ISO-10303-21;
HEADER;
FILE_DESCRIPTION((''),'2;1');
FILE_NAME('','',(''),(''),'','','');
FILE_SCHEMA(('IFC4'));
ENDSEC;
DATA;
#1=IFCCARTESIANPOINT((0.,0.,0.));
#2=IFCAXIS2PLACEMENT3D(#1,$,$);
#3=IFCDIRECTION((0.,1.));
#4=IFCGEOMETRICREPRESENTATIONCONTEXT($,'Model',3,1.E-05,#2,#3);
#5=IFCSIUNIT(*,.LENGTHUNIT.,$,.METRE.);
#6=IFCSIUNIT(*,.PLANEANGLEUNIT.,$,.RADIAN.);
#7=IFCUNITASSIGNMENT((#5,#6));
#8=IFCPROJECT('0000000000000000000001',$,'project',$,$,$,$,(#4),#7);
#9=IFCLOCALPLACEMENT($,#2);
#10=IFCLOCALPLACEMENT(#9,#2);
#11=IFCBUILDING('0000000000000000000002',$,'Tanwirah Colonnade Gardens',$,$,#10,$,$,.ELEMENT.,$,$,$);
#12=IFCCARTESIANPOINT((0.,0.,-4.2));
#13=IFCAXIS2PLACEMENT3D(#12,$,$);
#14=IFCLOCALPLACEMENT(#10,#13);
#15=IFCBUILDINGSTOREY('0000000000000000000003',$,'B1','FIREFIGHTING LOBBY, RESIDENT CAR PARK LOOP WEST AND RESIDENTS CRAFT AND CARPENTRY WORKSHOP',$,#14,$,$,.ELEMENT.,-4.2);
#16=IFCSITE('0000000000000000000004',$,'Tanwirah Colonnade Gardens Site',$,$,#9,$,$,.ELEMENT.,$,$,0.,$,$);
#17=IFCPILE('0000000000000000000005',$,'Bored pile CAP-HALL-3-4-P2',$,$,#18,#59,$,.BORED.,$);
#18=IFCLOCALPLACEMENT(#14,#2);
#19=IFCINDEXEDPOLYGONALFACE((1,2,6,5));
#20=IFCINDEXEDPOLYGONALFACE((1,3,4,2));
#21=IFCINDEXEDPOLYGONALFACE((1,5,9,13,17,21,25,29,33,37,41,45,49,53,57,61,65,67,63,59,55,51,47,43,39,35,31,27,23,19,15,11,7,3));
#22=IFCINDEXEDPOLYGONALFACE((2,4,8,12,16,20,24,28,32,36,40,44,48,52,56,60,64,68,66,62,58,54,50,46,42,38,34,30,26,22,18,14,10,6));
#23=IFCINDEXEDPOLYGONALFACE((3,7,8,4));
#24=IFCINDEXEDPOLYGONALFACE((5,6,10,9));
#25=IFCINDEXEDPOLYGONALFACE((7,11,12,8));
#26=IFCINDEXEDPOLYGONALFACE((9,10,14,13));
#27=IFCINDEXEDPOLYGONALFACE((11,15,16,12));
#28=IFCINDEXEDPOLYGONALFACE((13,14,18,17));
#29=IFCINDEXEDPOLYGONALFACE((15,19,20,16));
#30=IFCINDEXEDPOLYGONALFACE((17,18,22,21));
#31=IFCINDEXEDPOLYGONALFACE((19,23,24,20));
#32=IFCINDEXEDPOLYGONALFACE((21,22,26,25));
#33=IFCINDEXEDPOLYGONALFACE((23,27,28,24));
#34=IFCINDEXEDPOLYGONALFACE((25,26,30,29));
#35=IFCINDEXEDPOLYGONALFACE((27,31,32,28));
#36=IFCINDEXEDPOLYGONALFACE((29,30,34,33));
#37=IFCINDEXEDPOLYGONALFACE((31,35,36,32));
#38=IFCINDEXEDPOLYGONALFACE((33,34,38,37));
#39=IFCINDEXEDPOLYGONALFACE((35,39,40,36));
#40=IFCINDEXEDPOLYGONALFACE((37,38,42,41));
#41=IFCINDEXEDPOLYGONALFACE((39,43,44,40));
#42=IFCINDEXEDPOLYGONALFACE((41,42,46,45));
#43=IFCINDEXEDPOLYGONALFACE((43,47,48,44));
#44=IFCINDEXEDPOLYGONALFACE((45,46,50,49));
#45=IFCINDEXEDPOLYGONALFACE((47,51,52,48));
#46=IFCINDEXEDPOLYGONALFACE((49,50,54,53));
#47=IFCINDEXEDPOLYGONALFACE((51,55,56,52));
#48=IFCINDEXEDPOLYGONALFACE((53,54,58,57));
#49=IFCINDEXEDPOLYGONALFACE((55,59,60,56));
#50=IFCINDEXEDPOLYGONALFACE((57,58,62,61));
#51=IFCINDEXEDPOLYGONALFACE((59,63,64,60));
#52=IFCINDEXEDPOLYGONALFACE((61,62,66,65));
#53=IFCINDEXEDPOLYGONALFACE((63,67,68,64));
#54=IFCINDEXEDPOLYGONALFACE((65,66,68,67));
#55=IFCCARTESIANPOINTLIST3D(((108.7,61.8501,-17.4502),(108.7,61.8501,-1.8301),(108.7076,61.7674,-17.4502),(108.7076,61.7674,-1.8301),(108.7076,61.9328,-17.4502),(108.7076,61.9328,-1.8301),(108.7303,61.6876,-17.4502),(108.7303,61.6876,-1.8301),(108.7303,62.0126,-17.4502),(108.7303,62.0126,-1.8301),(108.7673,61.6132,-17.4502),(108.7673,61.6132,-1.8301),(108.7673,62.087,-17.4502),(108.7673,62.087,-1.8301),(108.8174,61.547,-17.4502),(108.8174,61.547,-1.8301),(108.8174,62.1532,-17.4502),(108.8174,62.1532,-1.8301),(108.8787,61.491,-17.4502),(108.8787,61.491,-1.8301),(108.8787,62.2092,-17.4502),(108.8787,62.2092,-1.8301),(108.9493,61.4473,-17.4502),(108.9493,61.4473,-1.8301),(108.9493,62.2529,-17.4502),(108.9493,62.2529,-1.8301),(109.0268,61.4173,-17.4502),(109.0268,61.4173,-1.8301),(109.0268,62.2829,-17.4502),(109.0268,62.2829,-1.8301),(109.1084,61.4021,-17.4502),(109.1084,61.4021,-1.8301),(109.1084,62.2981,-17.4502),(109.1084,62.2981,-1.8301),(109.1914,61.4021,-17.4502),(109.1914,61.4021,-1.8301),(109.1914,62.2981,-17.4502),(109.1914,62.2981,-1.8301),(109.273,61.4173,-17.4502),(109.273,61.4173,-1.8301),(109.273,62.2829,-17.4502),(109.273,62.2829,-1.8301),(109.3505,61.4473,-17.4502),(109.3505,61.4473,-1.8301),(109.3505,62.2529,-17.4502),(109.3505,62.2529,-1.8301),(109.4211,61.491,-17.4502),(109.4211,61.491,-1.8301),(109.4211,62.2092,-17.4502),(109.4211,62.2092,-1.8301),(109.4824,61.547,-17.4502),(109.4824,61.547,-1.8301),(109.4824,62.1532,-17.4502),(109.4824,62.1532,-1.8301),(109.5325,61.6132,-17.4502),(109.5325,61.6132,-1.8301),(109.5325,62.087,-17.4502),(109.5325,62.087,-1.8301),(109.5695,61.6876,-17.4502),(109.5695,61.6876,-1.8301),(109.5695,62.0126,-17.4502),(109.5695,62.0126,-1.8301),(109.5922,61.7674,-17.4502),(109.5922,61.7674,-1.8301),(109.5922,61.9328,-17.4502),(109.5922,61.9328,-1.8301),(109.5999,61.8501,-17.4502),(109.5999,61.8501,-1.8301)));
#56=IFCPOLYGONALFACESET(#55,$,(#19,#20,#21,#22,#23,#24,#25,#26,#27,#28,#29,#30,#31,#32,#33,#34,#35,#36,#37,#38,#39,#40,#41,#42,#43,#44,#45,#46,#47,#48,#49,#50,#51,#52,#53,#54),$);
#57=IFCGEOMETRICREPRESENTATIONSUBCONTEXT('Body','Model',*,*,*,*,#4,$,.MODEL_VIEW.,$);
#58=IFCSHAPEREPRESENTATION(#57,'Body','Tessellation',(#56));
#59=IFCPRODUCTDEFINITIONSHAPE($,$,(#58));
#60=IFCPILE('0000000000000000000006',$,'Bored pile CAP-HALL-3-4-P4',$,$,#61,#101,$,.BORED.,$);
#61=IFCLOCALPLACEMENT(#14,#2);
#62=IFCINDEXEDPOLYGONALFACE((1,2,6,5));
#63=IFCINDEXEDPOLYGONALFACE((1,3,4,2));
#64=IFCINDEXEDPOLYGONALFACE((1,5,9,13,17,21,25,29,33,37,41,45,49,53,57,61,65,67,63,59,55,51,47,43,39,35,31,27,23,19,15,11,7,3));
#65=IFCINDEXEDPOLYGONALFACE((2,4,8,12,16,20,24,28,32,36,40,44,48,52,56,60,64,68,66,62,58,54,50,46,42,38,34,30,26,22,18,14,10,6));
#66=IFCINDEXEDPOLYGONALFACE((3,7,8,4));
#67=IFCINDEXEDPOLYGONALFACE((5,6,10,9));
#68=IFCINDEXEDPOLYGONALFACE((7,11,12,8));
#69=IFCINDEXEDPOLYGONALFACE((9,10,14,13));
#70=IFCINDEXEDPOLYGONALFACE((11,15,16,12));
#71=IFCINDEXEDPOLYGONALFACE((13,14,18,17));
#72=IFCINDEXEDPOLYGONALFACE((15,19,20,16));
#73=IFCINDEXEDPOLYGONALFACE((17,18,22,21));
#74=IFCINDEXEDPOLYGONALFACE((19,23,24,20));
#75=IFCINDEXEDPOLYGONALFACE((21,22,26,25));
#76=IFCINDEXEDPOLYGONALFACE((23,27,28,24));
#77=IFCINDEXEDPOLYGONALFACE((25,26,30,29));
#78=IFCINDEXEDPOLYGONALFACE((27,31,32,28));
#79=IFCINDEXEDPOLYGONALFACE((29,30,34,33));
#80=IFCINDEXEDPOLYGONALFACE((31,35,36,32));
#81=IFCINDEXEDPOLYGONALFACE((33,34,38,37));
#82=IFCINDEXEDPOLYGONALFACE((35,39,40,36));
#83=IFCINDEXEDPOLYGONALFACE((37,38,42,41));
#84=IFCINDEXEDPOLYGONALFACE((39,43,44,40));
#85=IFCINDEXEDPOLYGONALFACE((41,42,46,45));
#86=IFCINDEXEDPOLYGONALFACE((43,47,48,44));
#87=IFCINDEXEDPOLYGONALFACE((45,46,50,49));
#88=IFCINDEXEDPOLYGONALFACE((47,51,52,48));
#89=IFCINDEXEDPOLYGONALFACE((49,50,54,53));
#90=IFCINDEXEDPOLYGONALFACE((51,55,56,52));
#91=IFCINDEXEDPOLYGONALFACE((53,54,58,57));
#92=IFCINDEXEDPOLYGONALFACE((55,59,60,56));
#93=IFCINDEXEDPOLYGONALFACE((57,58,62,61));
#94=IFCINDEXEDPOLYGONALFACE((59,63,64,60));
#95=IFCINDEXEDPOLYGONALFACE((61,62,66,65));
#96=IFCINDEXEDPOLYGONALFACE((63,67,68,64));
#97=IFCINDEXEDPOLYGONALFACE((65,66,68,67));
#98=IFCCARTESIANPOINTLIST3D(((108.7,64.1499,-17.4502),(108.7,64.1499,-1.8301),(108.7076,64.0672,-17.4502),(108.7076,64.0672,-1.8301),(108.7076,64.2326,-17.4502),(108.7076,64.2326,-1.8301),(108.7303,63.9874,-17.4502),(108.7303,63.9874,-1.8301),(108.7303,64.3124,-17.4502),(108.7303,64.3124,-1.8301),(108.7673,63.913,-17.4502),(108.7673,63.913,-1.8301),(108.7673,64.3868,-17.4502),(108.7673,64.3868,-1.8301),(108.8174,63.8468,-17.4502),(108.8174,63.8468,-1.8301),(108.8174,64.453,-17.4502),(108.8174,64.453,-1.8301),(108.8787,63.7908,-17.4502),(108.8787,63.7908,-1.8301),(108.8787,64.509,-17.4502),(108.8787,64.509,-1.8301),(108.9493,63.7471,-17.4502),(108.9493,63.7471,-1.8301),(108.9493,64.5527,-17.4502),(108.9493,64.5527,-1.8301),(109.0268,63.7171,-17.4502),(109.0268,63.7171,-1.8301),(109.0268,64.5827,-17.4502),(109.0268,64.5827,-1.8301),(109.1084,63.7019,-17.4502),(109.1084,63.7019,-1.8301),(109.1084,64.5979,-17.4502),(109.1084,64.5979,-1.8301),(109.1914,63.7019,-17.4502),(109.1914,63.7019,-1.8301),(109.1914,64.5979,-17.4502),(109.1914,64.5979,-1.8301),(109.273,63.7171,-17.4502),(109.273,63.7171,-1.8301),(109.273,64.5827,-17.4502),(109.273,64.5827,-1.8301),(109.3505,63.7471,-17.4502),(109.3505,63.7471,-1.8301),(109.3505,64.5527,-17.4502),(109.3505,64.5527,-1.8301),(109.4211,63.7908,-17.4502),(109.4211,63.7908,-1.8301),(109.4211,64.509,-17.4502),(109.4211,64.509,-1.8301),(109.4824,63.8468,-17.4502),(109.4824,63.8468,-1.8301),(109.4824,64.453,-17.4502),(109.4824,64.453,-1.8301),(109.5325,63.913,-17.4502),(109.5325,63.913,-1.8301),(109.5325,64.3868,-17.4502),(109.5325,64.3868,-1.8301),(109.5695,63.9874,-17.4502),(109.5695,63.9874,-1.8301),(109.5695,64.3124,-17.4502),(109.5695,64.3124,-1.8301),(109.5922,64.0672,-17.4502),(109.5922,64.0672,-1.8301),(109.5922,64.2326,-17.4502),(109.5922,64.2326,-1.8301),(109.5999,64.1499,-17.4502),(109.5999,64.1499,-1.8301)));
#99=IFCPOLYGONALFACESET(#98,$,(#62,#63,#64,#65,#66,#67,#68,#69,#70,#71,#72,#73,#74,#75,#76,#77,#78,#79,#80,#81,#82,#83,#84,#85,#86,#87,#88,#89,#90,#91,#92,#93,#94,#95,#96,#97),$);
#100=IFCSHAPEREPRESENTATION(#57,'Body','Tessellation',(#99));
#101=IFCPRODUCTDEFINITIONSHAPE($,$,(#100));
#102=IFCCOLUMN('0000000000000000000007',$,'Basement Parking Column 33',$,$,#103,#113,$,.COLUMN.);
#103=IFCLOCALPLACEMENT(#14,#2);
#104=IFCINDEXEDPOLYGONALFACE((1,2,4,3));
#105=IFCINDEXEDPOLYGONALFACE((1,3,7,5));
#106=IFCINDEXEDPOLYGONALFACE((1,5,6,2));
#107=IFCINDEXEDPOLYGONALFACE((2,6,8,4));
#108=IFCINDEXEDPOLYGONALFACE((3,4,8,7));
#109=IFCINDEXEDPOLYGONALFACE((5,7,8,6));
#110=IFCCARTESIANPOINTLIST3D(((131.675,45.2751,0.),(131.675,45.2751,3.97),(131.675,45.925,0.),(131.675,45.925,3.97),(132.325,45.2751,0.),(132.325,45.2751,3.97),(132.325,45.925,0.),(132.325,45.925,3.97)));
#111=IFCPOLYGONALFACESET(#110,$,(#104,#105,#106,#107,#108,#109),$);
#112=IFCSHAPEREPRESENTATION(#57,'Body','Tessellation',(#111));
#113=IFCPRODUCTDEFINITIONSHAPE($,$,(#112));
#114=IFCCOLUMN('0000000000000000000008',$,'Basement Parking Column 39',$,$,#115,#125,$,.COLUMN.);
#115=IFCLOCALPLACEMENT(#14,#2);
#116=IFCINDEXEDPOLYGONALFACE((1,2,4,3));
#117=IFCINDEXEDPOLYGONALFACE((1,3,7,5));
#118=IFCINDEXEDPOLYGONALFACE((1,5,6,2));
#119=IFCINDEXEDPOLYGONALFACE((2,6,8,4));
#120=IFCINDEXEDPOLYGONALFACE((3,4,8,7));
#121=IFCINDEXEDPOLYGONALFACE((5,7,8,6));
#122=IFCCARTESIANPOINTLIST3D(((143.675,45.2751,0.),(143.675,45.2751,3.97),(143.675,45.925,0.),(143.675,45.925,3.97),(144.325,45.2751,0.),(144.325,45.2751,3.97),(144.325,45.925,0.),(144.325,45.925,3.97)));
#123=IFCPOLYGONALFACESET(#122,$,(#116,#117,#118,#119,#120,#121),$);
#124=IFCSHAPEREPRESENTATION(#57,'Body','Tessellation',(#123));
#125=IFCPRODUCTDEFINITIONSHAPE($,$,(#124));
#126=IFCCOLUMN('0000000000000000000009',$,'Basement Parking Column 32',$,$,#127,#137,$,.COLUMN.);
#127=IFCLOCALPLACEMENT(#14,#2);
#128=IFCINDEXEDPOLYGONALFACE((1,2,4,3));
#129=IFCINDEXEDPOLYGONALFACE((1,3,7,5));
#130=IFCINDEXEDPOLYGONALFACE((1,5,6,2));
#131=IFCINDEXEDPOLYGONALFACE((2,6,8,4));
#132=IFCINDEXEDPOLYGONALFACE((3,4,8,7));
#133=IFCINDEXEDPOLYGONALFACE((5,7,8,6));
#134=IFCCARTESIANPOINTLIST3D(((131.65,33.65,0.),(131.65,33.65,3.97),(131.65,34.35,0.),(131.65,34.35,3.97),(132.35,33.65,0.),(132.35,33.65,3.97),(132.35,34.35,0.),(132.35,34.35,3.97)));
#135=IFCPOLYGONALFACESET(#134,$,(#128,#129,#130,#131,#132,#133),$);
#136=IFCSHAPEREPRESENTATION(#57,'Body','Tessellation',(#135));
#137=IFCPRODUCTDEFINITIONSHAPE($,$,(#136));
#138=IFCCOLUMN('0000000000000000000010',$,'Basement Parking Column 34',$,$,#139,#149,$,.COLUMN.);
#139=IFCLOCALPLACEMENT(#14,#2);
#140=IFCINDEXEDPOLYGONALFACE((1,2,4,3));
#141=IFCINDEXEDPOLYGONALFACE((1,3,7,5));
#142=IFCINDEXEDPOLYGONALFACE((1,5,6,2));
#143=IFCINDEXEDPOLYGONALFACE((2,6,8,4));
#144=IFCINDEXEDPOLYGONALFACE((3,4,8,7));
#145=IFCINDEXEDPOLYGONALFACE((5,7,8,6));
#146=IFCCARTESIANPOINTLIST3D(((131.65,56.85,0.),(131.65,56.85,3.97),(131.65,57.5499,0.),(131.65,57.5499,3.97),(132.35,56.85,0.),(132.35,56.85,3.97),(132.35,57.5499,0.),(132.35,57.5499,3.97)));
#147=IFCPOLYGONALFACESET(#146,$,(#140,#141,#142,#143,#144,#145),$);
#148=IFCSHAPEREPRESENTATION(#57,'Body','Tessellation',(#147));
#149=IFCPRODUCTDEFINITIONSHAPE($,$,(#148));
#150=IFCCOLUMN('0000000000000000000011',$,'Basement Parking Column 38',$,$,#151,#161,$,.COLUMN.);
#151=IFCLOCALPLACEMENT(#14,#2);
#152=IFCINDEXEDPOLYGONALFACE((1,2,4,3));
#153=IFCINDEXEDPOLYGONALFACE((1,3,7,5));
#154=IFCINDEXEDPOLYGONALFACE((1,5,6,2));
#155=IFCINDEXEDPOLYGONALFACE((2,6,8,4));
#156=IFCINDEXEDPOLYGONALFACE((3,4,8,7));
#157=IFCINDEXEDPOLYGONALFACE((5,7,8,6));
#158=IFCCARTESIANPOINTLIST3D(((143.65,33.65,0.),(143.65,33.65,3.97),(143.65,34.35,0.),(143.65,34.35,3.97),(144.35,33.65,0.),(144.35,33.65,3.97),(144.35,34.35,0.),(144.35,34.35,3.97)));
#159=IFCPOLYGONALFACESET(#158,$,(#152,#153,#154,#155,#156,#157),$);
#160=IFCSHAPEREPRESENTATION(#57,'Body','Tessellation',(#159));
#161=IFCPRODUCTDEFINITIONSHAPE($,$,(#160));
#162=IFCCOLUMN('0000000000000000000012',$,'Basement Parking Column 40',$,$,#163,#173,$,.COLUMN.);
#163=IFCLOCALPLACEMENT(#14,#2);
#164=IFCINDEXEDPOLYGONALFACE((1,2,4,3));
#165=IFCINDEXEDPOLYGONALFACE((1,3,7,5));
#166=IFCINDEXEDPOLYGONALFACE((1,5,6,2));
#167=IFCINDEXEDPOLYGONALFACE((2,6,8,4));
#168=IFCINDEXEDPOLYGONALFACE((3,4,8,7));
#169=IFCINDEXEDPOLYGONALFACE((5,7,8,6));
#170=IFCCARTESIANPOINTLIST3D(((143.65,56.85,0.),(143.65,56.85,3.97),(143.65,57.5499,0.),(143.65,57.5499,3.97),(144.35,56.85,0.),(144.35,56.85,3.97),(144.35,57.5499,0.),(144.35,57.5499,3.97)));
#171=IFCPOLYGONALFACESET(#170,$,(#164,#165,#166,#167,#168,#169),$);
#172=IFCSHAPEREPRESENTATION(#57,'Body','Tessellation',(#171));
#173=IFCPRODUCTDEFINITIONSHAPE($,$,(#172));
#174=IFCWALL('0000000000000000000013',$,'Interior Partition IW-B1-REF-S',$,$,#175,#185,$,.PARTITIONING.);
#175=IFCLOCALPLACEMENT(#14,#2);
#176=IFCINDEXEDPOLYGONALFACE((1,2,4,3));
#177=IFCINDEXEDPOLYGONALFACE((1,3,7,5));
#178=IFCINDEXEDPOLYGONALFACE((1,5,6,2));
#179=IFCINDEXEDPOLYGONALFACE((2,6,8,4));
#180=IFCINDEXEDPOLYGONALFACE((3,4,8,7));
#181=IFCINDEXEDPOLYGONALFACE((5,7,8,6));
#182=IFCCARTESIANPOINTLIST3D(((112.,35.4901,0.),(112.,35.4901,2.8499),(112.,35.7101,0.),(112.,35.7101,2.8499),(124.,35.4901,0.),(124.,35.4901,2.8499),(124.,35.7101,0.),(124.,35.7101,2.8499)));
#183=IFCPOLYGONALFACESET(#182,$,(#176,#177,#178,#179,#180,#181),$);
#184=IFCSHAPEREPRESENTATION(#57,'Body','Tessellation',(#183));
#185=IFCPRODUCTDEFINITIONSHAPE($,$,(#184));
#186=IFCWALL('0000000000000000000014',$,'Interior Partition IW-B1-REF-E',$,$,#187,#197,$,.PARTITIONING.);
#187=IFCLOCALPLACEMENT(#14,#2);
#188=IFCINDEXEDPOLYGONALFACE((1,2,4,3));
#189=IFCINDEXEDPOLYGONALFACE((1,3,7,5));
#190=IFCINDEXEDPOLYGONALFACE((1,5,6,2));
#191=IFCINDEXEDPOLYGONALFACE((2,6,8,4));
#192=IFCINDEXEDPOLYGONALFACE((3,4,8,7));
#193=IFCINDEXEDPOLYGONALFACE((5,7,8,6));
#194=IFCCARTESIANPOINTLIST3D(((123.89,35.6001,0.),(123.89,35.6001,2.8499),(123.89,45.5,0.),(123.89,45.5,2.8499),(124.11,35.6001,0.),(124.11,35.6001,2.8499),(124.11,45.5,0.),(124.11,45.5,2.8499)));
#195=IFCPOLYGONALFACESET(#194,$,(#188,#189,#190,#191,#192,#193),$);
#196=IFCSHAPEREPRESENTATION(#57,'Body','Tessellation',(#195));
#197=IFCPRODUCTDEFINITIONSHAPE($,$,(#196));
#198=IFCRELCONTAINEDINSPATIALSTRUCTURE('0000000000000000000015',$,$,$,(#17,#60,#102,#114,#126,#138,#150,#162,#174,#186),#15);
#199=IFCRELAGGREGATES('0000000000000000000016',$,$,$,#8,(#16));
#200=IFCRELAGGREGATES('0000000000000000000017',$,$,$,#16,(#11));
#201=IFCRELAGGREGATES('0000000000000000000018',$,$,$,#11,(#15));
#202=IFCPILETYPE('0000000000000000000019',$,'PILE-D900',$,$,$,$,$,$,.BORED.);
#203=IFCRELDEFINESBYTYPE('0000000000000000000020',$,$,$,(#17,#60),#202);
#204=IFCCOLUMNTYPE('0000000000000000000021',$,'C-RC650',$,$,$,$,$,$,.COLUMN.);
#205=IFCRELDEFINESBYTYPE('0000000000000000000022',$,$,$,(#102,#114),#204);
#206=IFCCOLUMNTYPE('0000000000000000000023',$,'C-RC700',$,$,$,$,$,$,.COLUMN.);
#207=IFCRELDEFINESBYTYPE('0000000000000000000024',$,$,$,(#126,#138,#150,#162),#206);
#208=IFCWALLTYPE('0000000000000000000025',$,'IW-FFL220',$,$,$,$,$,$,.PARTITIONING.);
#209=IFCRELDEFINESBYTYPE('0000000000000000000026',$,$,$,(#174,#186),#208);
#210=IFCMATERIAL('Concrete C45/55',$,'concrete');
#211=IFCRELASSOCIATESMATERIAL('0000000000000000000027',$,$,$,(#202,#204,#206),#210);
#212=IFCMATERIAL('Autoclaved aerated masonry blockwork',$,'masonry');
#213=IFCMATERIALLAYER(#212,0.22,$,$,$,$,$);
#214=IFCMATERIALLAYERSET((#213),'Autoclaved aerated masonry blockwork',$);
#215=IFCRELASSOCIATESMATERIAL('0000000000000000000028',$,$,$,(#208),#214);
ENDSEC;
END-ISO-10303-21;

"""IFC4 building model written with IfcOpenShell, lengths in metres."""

from ifc_helpers import new_model, si_unit, direction, frame, frame_2d, origin, origin_2d, place, context, subcontext, project, spatial, rectangle, circle, extrude, material, layer, layer_set, material_profile, profile_set, type_object, element, save


model = new_model("IFC4")

# Units and contexts
model_context = context("Model", 3, precision=1e-05, world=origin(), true_north=direction((0.0, 1.0)))
body_context = subcontext(model_context, "Body", "Model", "MODEL_VIEW")
ifc_project = project(units=[si_unit("LENGTHUNIT", "METRE"), si_unit("PLANEANGLEUNIT", "RADIAN")], contexts=[model_context])

# Site, building, storey
site_placement = place(None, origin())
site = spatial("IfcSite", under=ifc_project, at=site_placement, Name="Tanwirah Colonnade Gardens Site", CompositionType="ELEMENT", RefElevation=0.0)
building_placement = place(site_placement, origin())
building = spatial("IfcBuilding", under=site, at=building_placement, Name="Tanwirah Colonnade Gardens", CompositionType="ELEMENT")
storey_placement = place(building_placement, frame((0.0, 0.0, -4.2)))
storey = spatial("IfcBuildingStorey", under=building, at=storey_placement, Name="B1", Description="FIREFIGHTING LOBBY, RESIDENT CAR PARK LOOP WEST AND RESIDENTS CRAFT AND CARPENTRY WORKSHOP", CompositionType="ELEMENT", Elevation=-4.2)

# Shared definitions
ifc_material_1 = material(Name="Concrete C45/55", Category="concrete")

# Piles
ifc_material_profile_1 = material_profile(ifc_material_1, circle(Radius=0.45, at=origin_2d()), Name="PILE D900")
ifc_profile_set_1 = profile_set([ifc_material_profile_1], Name="Concrete C45/55")
pile_type_1 = type_object("IfcPileType", Name="PILE-D900", PredefinedType="BORED", material=ifc_profile_set_1)
for number, where, z_axis, x_axis, name in (
    (1, (109.1499, 61.8501, -1.8301), (0.0, 0.0, -1.0), (1.0, 0.0, 0.0), "Bored pile CAP-HALL-3-4-P2"),
    (2, (109.1499, 64.1499, -1.8301), (0.0, 0.0, -1.0), (1.0, 0.0, 0.0), "Bored pile CAP-HALL-3-4-P4"),
):
    element("IfcPile", number, at=place(storey_placement, frame(where, z_axis=z_axis, x_axis=x_axis)), inside=storey, type_object=pile_type_1, Name=name, PredefinedType="BORED", context=body_context, shape_type="SweptSolid", body=[
        extrude(circle(Radius=0.45, at=origin_2d()), origin(), (0.0, 0.0, 1.0), 15.6201),
    ])

# Columns
ifc_material_profile_2 = material_profile(ifc_material_1, rectangle(XDim=0.6499, YDim=0.6499, at=origin_2d()), Name="RC-COL 650x650")
ifc_profile_set_2 = profile_set([ifc_material_profile_2], Name="Concrete C45/55")
column_type_1 = type_object("IfcColumnType", Name="C-RC650", PredefinedType="COLUMN", material=ifc_profile_set_2)
for number, where, z_axis, x_axis, name in (
    (3, (132.0, 45.6001, 0.0), (0.0, 0.0, 1.0), (1.0, 0.0, 0.0), "Basement Parking Column 33"),
    (4, (144.0, 45.6001, 0.0), (0.0, 0.0, 1.0), (1.0, 0.0, 0.0), "Basement Parking Column 39"),
):
    element("IfcColumn", number, at=place(storey_placement, frame(where, z_axis=z_axis, x_axis=x_axis)), inside=storey, type_object=column_type_1, Name=name, PredefinedType="COLUMN", context=body_context, shape_type="SweptSolid", body=[
        extrude(rectangle(XDim=0.6499, YDim=0.6499, at=origin_2d()), origin(), (0.0, 0.0, 1.0), 3.97),
    ])
ifc_material_profile_3 = material_profile(ifc_material_1, rectangle(XDim=0.7, YDim=0.7, at=origin_2d()), Name="RC-COL 700x700")
ifc_profile_set_3 = profile_set([ifc_material_profile_3], Name="Concrete C45/55")
column_type_2 = type_object("IfcColumnType", Name="C-RC700", PredefinedType="COLUMN", material=ifc_profile_set_3)
for number, where, z_axis, x_axis, name in (
    (5, (132.0, 34.0, 0.0), (0.0, 0.0, 1.0), (1.0, 0.0, 0.0), "Basement Parking Column 32"),
    (6, (132.0, 57.2, 0.0), (0.0, 0.0, 1.0), (1.0, 0.0, 0.0), "Basement Parking Column 34"),
    (7, (144.0, 34.0, 0.0), (0.0, 0.0, 1.0), (1.0, 0.0, 0.0), "Basement Parking Column 38"),
    (8, (144.0, 57.2, 0.0), (0.0, 0.0, 1.0), (1.0, 0.0, 0.0), "Basement Parking Column 40"),
):
    element("IfcColumn", number, at=place(storey_placement, frame(where, z_axis=z_axis, x_axis=x_axis)), inside=storey, type_object=column_type_2, Name=name, PredefinedType="COLUMN", context=body_context, shape_type="SweptSolid", body=[
        extrude(rectangle(XDim=0.7, YDim=0.7, at=origin_2d()), origin(), (0.0, 0.0, 1.0), 3.97),
    ])

# Shared definitions
ifc_material_2 = material(Name="Autoclaved aerated masonry blockwork", Category="masonry")
ifc_layer_1 = layer(ifc_material_2, 0.22)
ifc_layer_set_1 = layer_set([ifc_layer_1], Name="Autoclaved aerated masonry blockwork")
wall_type_1 = type_object("IfcWallType", Name="IW-FFL220", PredefinedType="PARTITIONING", material=ifc_layer_set_1)

# Walls
wall_1_placement = place(storey_placement, frame((112.0, 35.6001, 0.0), z_axis=(0.0, 0.0, 1.0), x_axis=(1.0, 0.0, 0.0)))
element("IfcWall", 9, at=wall_1_placement, inside=storey, type_object=wall_type_1, Name="Interior Partition IW-B1-REF-S", PredefinedType="PARTITIONING", context=body_context, shape_type="SweptSolid", body=[
    extrude(rectangle(XDim=12.0, YDim=0.22, at=frame_2d((6.0, 0.0))), origin(), (0.0, 0.0, 1.0), 2.8499),
])
wall_2_placement = place(storey_placement, frame((124.0, 35.6001, 0.0), z_axis=(0.0, 0.0, 1.0), x_axis=(0.0, 1.0, 0.0)))
element("IfcWall", 10, at=wall_2_placement, inside=storey, type_object=wall_type_1, Name="Interior Partition IW-B1-REF-E", PredefinedType="PARTITIONING", context=body_context, shape_type="SweptSolid", body=[
    extrude(rectangle(XDim=9.8999, YDim=0.22, at=frame_2d((4.95, 0.0))), origin(), (0.0, 0.0, 1.0), 2.8499),
])

save(model, "model.ifc")
